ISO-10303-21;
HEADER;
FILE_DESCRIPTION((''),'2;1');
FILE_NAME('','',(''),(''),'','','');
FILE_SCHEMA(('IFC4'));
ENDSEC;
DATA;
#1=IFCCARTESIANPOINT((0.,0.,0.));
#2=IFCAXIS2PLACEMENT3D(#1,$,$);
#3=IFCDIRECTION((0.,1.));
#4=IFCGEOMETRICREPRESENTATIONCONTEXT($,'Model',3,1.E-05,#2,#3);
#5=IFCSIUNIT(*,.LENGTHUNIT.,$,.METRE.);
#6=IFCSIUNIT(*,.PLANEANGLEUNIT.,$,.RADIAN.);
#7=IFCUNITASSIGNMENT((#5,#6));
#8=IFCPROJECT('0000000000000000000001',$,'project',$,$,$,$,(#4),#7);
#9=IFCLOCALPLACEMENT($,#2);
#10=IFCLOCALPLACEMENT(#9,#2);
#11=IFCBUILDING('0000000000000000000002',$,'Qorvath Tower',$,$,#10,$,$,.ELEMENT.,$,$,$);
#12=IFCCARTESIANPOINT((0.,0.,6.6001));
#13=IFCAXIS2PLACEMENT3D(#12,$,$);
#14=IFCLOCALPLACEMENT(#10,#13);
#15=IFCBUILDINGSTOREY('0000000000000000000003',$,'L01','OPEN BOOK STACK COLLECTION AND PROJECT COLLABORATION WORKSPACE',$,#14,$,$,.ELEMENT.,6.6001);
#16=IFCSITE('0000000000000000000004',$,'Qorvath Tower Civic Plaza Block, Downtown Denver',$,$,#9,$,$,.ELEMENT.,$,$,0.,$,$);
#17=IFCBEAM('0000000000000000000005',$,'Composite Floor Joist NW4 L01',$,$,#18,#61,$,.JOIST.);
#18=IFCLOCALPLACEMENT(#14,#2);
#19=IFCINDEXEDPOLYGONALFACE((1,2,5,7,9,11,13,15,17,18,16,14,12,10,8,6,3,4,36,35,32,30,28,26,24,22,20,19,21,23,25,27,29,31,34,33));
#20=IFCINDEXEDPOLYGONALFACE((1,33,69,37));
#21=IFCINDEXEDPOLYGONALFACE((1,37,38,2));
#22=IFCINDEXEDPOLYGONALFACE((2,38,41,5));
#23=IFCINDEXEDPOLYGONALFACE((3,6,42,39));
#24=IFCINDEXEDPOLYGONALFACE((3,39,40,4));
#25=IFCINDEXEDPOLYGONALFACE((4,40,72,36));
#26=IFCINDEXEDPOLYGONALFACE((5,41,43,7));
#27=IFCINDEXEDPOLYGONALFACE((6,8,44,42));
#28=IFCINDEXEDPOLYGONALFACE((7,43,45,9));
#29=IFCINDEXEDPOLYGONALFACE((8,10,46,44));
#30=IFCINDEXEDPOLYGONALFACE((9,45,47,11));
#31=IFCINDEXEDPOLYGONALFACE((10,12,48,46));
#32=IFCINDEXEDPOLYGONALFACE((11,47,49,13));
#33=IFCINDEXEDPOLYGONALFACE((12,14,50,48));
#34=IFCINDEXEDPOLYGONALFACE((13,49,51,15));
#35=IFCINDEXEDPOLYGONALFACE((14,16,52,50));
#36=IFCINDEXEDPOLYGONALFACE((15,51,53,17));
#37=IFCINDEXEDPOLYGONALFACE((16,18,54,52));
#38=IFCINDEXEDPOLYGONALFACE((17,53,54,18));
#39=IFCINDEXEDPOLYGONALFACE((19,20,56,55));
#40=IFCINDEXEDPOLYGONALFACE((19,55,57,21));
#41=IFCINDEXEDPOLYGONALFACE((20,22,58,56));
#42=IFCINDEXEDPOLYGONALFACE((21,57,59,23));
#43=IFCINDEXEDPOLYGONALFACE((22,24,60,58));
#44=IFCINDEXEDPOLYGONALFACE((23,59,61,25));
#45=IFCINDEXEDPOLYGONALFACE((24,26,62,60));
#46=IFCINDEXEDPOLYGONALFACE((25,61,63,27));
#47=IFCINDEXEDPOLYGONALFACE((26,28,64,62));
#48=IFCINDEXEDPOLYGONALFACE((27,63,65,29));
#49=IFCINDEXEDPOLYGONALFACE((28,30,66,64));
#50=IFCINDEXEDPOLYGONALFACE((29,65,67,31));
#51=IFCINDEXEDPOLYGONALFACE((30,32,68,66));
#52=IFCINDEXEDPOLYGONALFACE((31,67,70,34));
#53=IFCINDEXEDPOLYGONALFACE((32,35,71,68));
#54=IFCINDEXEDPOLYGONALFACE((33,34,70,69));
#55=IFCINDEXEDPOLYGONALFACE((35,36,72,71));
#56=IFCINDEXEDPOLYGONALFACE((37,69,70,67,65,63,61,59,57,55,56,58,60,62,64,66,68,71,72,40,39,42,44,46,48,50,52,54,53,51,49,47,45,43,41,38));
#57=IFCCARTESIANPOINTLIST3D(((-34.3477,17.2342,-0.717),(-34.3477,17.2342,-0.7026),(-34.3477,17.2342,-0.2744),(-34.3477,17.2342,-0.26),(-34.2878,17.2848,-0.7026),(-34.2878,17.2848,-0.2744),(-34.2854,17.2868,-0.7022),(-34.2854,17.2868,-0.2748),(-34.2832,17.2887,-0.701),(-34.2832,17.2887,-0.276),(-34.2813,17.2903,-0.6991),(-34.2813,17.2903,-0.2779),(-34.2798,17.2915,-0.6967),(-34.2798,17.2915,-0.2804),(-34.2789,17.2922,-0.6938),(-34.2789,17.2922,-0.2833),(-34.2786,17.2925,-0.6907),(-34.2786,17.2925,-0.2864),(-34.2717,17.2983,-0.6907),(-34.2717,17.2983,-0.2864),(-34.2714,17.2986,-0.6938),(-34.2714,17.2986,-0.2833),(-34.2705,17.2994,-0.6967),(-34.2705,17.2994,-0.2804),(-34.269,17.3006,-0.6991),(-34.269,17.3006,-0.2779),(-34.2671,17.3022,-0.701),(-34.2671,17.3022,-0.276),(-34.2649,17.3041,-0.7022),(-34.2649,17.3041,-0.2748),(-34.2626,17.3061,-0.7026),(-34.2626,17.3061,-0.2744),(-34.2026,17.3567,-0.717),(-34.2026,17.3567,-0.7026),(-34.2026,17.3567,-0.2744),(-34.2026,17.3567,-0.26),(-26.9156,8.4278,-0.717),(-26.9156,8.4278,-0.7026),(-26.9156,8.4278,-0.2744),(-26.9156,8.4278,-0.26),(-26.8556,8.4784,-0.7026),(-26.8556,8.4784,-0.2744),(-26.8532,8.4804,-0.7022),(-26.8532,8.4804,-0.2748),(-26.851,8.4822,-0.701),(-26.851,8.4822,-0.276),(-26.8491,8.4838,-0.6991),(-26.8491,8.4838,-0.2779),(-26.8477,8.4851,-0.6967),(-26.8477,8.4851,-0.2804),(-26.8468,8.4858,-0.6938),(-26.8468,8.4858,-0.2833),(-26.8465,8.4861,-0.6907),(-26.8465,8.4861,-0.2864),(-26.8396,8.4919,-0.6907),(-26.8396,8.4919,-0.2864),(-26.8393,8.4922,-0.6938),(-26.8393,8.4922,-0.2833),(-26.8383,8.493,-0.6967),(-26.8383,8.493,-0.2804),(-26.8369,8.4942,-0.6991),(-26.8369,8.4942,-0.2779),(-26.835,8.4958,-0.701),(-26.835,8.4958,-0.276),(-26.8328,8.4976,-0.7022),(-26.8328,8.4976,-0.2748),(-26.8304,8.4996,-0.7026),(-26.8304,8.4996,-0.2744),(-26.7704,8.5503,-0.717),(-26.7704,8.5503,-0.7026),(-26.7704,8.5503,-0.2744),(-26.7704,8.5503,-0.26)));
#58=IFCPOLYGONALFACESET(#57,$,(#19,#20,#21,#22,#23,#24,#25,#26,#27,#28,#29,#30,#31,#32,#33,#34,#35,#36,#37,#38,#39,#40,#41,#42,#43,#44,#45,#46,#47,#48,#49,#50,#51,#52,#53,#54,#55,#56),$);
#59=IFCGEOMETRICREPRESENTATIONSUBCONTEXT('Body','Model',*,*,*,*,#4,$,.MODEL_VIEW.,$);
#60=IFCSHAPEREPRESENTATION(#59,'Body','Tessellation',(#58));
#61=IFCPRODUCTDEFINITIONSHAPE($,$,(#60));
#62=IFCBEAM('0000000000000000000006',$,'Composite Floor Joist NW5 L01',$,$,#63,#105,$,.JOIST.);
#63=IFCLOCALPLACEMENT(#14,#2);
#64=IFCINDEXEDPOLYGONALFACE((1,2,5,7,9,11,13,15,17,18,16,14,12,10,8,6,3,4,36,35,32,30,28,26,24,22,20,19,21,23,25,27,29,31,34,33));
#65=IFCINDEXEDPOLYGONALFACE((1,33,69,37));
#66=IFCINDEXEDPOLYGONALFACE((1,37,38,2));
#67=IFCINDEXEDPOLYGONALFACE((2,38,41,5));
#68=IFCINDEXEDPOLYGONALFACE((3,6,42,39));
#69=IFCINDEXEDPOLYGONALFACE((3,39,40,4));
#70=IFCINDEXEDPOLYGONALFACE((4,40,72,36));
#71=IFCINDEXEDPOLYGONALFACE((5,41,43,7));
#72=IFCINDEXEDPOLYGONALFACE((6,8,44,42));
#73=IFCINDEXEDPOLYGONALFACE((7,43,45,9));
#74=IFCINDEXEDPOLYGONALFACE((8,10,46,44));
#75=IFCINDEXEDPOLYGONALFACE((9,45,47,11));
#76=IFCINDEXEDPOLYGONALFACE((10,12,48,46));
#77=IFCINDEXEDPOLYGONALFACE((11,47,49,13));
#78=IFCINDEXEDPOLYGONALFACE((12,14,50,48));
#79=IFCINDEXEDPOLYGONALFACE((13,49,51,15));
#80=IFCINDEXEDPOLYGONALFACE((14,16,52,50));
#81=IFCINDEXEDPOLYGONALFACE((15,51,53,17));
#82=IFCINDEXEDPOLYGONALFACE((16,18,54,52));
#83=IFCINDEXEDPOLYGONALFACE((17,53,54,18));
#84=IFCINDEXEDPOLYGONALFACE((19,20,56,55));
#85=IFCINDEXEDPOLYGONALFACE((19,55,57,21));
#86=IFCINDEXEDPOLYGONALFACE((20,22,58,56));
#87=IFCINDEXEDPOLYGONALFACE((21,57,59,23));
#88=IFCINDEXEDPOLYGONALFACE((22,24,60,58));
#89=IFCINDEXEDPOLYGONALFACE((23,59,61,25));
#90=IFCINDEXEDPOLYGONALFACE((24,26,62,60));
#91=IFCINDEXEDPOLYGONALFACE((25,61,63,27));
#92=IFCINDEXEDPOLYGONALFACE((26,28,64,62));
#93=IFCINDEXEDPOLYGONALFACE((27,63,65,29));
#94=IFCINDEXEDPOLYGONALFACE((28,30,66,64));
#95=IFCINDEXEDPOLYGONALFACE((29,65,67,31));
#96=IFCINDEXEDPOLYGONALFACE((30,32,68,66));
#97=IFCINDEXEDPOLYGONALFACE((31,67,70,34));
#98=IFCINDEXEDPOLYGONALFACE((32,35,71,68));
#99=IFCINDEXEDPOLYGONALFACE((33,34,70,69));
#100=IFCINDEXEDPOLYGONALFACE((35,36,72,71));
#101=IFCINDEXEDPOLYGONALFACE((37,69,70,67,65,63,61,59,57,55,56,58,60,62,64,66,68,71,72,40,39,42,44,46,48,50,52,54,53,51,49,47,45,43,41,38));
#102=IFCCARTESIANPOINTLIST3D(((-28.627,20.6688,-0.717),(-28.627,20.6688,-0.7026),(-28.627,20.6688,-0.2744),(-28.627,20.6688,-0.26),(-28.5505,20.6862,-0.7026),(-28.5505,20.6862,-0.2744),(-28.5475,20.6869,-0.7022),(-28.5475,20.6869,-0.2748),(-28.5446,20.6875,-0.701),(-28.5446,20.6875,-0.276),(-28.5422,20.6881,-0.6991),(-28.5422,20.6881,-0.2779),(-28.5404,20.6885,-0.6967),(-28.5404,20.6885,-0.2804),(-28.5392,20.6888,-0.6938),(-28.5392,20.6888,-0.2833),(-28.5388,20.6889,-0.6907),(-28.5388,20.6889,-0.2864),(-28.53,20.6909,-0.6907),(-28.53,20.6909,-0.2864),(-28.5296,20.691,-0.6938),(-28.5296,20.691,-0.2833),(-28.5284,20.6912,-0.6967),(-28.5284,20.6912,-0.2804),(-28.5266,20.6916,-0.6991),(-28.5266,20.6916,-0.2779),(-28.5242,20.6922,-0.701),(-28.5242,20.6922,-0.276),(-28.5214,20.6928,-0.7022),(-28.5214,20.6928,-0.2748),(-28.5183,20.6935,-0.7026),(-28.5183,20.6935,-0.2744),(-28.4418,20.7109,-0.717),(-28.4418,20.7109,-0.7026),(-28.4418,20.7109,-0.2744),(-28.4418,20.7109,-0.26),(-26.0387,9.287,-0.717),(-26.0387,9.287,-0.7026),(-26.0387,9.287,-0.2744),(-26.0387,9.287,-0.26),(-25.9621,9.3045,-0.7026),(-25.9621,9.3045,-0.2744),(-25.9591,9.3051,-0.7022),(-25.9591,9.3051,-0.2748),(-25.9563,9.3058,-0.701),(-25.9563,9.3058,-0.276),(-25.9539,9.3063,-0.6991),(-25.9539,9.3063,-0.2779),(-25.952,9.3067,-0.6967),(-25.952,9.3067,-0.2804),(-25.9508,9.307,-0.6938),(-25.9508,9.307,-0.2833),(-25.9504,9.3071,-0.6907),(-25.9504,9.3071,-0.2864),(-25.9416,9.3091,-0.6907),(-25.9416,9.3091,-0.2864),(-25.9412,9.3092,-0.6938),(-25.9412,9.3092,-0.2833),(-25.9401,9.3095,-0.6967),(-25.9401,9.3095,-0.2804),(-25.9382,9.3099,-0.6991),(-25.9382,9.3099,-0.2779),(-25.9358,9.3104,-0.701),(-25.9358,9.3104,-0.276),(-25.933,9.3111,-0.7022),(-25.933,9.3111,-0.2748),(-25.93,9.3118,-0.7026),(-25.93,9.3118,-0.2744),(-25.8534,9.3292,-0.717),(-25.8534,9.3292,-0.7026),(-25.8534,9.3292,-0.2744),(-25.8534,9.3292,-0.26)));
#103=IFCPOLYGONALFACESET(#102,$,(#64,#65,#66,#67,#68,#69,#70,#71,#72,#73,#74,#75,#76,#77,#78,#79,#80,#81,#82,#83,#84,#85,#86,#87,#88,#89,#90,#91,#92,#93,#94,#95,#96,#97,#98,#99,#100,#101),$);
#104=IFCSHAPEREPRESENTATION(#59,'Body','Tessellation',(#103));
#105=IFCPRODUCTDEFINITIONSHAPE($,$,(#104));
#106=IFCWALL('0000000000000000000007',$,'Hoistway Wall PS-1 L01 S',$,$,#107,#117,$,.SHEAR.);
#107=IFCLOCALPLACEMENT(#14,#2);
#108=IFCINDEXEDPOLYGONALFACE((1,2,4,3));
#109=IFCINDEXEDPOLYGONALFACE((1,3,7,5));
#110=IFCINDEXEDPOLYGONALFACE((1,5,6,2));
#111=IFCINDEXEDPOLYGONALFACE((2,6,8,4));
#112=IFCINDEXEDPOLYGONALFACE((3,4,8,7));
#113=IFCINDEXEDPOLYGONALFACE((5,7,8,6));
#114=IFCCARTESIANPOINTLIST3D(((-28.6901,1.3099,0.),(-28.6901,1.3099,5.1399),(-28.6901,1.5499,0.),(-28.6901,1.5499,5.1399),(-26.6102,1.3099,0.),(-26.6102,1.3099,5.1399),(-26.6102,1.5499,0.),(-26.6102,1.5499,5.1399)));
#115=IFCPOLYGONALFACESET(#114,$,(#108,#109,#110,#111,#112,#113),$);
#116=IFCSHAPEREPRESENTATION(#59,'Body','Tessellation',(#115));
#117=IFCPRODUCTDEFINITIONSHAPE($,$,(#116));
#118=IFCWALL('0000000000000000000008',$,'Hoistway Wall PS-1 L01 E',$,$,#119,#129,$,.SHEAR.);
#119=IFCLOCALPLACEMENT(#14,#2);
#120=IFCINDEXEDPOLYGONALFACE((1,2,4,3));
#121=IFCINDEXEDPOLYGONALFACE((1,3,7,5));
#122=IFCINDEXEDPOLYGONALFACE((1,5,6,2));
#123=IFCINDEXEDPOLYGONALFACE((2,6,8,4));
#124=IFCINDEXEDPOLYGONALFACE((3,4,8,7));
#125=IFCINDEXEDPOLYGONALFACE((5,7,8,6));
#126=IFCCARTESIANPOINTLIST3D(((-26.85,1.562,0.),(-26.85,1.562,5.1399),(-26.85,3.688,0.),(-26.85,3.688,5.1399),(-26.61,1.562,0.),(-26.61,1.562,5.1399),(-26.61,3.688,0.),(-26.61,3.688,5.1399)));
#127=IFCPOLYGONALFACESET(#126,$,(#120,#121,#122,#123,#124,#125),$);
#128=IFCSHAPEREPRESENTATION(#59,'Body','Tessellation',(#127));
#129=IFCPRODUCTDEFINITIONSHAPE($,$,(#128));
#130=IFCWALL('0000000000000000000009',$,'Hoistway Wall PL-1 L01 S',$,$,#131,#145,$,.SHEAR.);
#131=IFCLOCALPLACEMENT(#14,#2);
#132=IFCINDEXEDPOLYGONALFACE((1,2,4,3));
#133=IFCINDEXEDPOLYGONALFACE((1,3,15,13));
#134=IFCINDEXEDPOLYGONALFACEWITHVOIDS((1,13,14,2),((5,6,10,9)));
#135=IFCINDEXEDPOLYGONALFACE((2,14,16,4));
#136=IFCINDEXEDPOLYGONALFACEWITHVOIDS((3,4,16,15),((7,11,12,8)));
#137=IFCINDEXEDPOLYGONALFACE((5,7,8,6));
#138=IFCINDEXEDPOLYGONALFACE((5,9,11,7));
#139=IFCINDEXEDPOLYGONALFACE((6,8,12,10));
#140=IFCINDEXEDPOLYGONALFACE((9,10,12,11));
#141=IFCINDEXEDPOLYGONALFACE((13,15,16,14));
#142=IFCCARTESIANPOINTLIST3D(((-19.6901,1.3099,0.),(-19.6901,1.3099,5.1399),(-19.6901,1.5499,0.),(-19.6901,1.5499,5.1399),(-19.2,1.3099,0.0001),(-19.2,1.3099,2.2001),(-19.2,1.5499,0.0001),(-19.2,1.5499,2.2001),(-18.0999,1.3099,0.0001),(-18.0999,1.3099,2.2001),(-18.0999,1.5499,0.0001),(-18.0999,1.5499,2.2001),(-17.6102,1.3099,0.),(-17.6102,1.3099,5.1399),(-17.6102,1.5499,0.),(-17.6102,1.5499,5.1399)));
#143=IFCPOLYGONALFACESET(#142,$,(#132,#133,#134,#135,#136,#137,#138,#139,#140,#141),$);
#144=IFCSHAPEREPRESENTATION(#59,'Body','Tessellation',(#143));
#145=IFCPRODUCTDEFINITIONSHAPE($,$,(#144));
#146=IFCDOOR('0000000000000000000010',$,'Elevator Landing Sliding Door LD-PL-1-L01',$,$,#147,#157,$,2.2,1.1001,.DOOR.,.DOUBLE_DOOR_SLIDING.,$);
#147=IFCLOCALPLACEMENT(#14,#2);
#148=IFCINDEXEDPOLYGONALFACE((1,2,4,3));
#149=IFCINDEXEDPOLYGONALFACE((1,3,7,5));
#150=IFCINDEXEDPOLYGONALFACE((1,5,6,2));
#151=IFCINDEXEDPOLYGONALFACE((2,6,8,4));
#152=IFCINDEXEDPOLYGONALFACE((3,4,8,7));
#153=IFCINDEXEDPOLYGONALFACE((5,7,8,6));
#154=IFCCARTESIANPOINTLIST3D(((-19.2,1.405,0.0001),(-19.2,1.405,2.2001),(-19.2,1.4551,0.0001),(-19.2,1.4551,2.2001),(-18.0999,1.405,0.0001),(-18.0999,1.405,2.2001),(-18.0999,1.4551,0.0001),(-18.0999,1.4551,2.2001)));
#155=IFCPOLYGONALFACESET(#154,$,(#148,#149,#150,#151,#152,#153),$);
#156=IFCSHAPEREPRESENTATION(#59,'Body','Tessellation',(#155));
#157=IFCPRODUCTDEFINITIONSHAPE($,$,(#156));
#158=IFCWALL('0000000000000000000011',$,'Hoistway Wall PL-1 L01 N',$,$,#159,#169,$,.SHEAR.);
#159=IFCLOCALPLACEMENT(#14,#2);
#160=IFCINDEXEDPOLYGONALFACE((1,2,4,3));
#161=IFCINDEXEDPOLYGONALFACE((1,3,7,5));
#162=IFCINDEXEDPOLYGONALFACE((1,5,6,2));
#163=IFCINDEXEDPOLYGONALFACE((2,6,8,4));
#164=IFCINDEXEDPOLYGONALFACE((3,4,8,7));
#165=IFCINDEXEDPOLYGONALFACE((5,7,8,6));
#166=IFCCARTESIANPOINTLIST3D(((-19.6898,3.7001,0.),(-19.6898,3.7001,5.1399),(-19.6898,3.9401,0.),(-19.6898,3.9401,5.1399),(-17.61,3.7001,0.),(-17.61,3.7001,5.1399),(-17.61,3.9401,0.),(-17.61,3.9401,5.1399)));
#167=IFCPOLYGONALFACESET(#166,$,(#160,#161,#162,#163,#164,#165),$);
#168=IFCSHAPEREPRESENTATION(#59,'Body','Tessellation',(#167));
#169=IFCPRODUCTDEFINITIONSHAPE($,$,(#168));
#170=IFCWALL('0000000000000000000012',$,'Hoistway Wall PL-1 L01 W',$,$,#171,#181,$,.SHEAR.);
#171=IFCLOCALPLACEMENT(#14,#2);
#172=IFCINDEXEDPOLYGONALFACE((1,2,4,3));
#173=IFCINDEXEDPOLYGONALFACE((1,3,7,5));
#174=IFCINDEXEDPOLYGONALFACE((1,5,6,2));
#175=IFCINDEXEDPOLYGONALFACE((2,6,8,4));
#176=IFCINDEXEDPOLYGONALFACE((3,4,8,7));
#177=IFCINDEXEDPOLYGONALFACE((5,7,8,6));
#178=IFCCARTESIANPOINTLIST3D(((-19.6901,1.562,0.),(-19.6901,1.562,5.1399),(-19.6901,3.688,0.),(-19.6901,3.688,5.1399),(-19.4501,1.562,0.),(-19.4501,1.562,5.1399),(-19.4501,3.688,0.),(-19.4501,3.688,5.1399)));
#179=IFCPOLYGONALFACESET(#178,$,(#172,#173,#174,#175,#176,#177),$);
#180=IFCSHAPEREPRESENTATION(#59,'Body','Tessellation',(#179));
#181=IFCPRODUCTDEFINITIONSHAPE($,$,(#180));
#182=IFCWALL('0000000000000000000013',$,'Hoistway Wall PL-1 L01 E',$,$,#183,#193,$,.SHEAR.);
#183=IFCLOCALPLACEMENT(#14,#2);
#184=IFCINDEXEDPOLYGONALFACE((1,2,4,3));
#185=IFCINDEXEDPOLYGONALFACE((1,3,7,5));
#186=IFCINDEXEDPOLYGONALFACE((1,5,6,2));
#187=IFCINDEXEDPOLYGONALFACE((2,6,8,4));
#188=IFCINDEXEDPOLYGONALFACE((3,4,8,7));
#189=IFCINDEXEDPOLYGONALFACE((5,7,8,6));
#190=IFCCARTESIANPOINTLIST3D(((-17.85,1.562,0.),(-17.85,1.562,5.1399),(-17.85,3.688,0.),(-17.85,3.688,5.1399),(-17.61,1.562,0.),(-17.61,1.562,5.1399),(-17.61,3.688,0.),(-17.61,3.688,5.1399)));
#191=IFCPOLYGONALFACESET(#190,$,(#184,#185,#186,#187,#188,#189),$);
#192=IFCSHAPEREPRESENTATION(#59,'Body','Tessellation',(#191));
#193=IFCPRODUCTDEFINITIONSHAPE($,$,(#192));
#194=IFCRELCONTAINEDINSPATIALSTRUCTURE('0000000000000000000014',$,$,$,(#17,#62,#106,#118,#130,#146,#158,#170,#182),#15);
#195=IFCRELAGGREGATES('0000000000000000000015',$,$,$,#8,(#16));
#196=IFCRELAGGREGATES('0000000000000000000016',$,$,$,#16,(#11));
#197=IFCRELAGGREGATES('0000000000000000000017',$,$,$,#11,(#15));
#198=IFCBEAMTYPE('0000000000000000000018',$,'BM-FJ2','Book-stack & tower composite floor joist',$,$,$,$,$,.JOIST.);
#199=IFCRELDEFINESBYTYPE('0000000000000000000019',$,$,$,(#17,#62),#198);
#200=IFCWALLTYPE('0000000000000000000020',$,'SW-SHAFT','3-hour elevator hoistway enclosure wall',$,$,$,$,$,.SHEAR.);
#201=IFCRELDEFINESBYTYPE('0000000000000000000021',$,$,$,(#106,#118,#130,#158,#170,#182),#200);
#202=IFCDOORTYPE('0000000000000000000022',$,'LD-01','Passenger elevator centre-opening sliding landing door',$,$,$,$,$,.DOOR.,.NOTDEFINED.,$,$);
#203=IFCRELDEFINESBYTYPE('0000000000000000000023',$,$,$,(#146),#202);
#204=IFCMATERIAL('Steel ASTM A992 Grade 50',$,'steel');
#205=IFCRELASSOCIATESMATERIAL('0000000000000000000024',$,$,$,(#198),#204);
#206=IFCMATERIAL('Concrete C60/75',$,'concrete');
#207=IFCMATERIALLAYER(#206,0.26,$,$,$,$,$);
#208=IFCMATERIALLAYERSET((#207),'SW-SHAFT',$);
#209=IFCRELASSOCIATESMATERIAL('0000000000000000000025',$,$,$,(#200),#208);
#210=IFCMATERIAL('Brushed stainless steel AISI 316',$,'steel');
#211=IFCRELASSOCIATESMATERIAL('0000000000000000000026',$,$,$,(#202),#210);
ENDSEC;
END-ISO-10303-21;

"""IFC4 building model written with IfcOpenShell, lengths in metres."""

from ifc_helpers import new_model, si_unit, direction, frame, frame_2d, origin, origin_2d, place, context, subcontext, project, spatial, rectangle, i_section, extrude, material, layer, layer_set, material_profile, profile_set, type_object, element, fill, save


model = new_model("IFC4")

# Units and contexts
model_context = context("Model", 3, precision=1e-05, world=origin(), true_north=direction((0.0, 1.0)))
body_context = subcontext(model_context, "Body", "Model", "MODEL_VIEW")
ifc_project = project(units=[si_unit("LENGTHUNIT", "METRE"), si_unit("PLANEANGLEUNIT", "RADIAN")], contexts=[model_context])

# Site, building, storey
site_placement = place(None, origin())
site = spatial("IfcSite", under=ifc_project, at=site_placement, Name="Qorvath Tower Civic Plaza Block, Downtown Denver", CompositionType="ELEMENT", RefElevation=0.0)
building_placement = place(site_placement, origin())
building = spatial("IfcBuilding", under=site, at=building_placement, Name="Qorvath Tower", CompositionType="ELEMENT")
storey_placement = place(building_placement, frame((0.0, 0.0, 6.6001)))
storey = spatial("IfcBuildingStorey", under=building, at=storey_placement, Name="L01", Description="OPEN BOOK STACK COLLECTION AND PROJECT COLLABORATION WORKSPACE", CompositionType="ELEMENT", Elevation=6.6001)

# Beams
ifc_material_1 = material(Name="Steel ASTM A992 Grade 50", Category="steel")
ifc_material_profile = material_profile(ifc_material_1, i_section(OverallWidth=0.1899, OverallDepth=0.457, WebThickness=0.009, FlangeThickness=0.0144, FilletRadius=0.012, at=origin_2d()), Name="W18x50")
ifc_profile_set = profile_set([ifc_material_profile], Name="Steel ASTM A992 Grade 50")
beam_type = type_object("IfcBeamType", Name="BM-FJ2", Description="Book-stack & tower composite floor joist", PredefinedType="JOIST", material=ifc_profile_set)
beam_1_placement = place(storey_placement, frame((-26.843, 8.489, -0.4885), z_axis=(-0.644959, 0.764217, 0.0), x_axis=(-0.764217, -0.644959, 0.0)))
element("IfcBeam", 1, at=beam_1_placement, inside=storey, type_object=beam_type, Name="Composite Floor Joist NW4 L01", PredefinedType="JOIST", context=body_context, shape_type="SweptSolid", body=[
    extrude(i_section(OverallWidth=0.1899, OverallDepth=0.457, WebThickness=0.009, FlangeThickness=0.0144, FilletRadius=0.012, at=origin_2d()), origin(), (0.0, 0.0, 1.0), 11.5234),
])
beam_2_placement = place(storey_placement, frame((-25.946, 9.3081, -0.4885), z_axis=(-0.221751, 0.975103, 0.0), x_axis=(-0.975103, -0.221751, 0.0)))
element("IfcBeam", 2, at=beam_2_placement, inside=storey, type_object=beam_type, Name="Composite Floor Joist NW5 L01", PredefinedType="JOIST", context=body_context, shape_type="SweptSolid", body=[
    extrude(i_section(OverallWidth=0.1899, OverallDepth=0.457, WebThickness=0.009, FlangeThickness=0.0144, FilletRadius=0.012, at=origin_2d()), origin(), (0.0, 0.0, 1.0), 11.6724),
])

# Walls
ifc_material_2 = material(Name="Concrete C60/75", Category="concrete")
ifc_layer_1 = layer(ifc_material_2, 0.26)
ifc_layer_set_1 = layer_set([ifc_layer_1], Name="SW-SHAFT")
wall_type_1 = type_object("IfcWallType", Name="SW-SHAFT", Description="3-hour elevator hoistway enclosure wall", PredefinedType="SHEAR", material=ifc_layer_set_1)
wall_1_placement = place(storey_placement, frame((-26.6101, 1.4299, 0.0), z_axis=(0.0, 0.0, 1.0), x_axis=(-1.0, 0.0, 0.0)))
element("IfcWall", 3, at=wall_1_placement, inside=storey, type_object=wall_type_1, Name="Hoistway Wall PS-1 L01 S", PredefinedType="SHEAR", context=body_context, shape_type="SweptSolid", body=[
    extrude(rectangle(XDim=2.0798, YDim=0.24, at=frame_2d((1.04, 0.0))), origin(), (0.0, 0.0, 1.0), 5.1399),
])
wall_2_placement = place(storey_placement, frame((-26.73, 3.688, 0.0), z_axis=(0.0, 0.0, 1.0), x_axis=(0.0, -1.0, 0.0)))
element("IfcWall", 4, at=wall_2_placement, inside=storey, type_object=wall_type_1, Name="Hoistway Wall PS-1 L01 E", PredefinedType="SHEAR", context=body_context, shape_type="SweptSolid", body=[
    extrude(rectangle(XDim=2.126, YDim=0.24, at=frame_2d((1.063, 0.0))), origin(), (0.0, 0.0, 1.0), 5.1399),
])

# Wall, opening, door
wall_3_placement = place(storey_placement, frame((-17.6101, 1.4299, 0.0), z_axis=(0.0, 0.0, 1.0), x_axis=(-1.0, 0.0, 0.0)))
wall_3 = element("IfcWall", 5, at=wall_3_placement, inside=storey, type_object=wall_type_1, Name="Hoistway Wall PL-1 L01 S", PredefinedType="SHEAR", context=body_context, shape_type="SweptSolid", body=[
    extrude(rectangle(XDim=2.0798, YDim=0.24, at=frame_2d((1.04, 0.0))), origin(), (0.0, 0.0, 1.0), 5.1399),
])
opening_1_placement = place(wall_3_placement, frame((0.4897, 0.0, 0.0)))
opening_1 = element("IfcOpeningElement", 6, at=opening_1_placement, cuts=wall_3, PredefinedType="OPENING", context=body_context, shape_type="SweptSolid", body=[
    extrude(rectangle(XDim=1.1001, YDim=2.2, at=frame_2d((0.55, 1.1001))), frame((0.0, 0.1299, 0.0), z_axis=(0.0, -1.0, 0.0), x_axis=(1.0, 0.0, 0.0)), (0.0, 0.0, 1.0), 0.26),
])
ifc_material_3 = material(Name="Brushed stainless steel AISI 316", Category="steel")
door_type_1 = type_object("IfcDoorType", Name="LD-01", Description="Passenger elevator centre-opening sliding landing door", OperationType="NOTDEFINED", PredefinedType="DOOR", material=ifc_material_3)
door_1_placement = place(opening_1_placement, origin())
door_1 = element("IfcDoor", 7, at=door_1_placement, inside=storey, type_object=door_type_1, Name="Elevator Landing Sliding Door LD-PL-1-L01", OperationType="DOUBLE_DOOR_SLIDING", OverallHeight=2.2, OverallWidth=1.1001, PredefinedType="DOOR", context=body_context, shape_type="SweptSolid", body=[
    extrude(rectangle(XDim=1.1001, YDim=2.2, at=frame_2d((0.55, 1.1001))), frame((0.0, 0.0249, 0.0), z_axis=(0.0, -1.0, 0.0), x_axis=(1.0, 0.0, 0.0)), (0.0, 0.0, 1.0), 0.05),
])
fill(opening_1, door_1)

# Walls
wall_4_placement = place(storey_placement, frame((-19.6899, 3.8201, 0.0), z_axis=(0.0, 0.0, 1.0), x_axis=(1.0, 0.0, 0.0)))
element("IfcWall", 8, at=wall_4_placement, inside=storey, type_object=wall_type_1, Name="Hoistway Wall PL-1 L01 N", PredefinedType="SHEAR", context=body_context, shape_type="SweptSolid", body=[
    extrude(rectangle(XDim=2.0798, YDim=0.24, at=frame_2d((1.04, 0.0))), origin(), (0.0, 0.0, 1.0), 5.1399),
])
for number, where, z_axis, x_axis, name in (
    (9, (-19.5701, 1.562, 0.0), (0.0, 0.0, 1.0), (0.0, 1.0, 0.0), "Hoistway Wall PL-1 L01 W"),
    (10, (-17.73, 3.688, 0.0), (0.0, 0.0, 1.0), (0.0, -1.0, 0.0), "Hoistway Wall PL-1 L01 E"),
):
    element("IfcWall", number, at=place(storey_placement, frame(where, z_axis=z_axis, x_axis=x_axis)), inside=storey, type_object=wall_type_1, Name=name, PredefinedType="SHEAR", context=body_context, shape_type="SweptSolid", body=[
        extrude(rectangle(XDim=2.126, YDim=0.24, at=frame_2d((1.063, 0.0))), origin(), (0.0, 0.0, 1.0), 5.1399),
    ])

save(model, "model.ifc")
